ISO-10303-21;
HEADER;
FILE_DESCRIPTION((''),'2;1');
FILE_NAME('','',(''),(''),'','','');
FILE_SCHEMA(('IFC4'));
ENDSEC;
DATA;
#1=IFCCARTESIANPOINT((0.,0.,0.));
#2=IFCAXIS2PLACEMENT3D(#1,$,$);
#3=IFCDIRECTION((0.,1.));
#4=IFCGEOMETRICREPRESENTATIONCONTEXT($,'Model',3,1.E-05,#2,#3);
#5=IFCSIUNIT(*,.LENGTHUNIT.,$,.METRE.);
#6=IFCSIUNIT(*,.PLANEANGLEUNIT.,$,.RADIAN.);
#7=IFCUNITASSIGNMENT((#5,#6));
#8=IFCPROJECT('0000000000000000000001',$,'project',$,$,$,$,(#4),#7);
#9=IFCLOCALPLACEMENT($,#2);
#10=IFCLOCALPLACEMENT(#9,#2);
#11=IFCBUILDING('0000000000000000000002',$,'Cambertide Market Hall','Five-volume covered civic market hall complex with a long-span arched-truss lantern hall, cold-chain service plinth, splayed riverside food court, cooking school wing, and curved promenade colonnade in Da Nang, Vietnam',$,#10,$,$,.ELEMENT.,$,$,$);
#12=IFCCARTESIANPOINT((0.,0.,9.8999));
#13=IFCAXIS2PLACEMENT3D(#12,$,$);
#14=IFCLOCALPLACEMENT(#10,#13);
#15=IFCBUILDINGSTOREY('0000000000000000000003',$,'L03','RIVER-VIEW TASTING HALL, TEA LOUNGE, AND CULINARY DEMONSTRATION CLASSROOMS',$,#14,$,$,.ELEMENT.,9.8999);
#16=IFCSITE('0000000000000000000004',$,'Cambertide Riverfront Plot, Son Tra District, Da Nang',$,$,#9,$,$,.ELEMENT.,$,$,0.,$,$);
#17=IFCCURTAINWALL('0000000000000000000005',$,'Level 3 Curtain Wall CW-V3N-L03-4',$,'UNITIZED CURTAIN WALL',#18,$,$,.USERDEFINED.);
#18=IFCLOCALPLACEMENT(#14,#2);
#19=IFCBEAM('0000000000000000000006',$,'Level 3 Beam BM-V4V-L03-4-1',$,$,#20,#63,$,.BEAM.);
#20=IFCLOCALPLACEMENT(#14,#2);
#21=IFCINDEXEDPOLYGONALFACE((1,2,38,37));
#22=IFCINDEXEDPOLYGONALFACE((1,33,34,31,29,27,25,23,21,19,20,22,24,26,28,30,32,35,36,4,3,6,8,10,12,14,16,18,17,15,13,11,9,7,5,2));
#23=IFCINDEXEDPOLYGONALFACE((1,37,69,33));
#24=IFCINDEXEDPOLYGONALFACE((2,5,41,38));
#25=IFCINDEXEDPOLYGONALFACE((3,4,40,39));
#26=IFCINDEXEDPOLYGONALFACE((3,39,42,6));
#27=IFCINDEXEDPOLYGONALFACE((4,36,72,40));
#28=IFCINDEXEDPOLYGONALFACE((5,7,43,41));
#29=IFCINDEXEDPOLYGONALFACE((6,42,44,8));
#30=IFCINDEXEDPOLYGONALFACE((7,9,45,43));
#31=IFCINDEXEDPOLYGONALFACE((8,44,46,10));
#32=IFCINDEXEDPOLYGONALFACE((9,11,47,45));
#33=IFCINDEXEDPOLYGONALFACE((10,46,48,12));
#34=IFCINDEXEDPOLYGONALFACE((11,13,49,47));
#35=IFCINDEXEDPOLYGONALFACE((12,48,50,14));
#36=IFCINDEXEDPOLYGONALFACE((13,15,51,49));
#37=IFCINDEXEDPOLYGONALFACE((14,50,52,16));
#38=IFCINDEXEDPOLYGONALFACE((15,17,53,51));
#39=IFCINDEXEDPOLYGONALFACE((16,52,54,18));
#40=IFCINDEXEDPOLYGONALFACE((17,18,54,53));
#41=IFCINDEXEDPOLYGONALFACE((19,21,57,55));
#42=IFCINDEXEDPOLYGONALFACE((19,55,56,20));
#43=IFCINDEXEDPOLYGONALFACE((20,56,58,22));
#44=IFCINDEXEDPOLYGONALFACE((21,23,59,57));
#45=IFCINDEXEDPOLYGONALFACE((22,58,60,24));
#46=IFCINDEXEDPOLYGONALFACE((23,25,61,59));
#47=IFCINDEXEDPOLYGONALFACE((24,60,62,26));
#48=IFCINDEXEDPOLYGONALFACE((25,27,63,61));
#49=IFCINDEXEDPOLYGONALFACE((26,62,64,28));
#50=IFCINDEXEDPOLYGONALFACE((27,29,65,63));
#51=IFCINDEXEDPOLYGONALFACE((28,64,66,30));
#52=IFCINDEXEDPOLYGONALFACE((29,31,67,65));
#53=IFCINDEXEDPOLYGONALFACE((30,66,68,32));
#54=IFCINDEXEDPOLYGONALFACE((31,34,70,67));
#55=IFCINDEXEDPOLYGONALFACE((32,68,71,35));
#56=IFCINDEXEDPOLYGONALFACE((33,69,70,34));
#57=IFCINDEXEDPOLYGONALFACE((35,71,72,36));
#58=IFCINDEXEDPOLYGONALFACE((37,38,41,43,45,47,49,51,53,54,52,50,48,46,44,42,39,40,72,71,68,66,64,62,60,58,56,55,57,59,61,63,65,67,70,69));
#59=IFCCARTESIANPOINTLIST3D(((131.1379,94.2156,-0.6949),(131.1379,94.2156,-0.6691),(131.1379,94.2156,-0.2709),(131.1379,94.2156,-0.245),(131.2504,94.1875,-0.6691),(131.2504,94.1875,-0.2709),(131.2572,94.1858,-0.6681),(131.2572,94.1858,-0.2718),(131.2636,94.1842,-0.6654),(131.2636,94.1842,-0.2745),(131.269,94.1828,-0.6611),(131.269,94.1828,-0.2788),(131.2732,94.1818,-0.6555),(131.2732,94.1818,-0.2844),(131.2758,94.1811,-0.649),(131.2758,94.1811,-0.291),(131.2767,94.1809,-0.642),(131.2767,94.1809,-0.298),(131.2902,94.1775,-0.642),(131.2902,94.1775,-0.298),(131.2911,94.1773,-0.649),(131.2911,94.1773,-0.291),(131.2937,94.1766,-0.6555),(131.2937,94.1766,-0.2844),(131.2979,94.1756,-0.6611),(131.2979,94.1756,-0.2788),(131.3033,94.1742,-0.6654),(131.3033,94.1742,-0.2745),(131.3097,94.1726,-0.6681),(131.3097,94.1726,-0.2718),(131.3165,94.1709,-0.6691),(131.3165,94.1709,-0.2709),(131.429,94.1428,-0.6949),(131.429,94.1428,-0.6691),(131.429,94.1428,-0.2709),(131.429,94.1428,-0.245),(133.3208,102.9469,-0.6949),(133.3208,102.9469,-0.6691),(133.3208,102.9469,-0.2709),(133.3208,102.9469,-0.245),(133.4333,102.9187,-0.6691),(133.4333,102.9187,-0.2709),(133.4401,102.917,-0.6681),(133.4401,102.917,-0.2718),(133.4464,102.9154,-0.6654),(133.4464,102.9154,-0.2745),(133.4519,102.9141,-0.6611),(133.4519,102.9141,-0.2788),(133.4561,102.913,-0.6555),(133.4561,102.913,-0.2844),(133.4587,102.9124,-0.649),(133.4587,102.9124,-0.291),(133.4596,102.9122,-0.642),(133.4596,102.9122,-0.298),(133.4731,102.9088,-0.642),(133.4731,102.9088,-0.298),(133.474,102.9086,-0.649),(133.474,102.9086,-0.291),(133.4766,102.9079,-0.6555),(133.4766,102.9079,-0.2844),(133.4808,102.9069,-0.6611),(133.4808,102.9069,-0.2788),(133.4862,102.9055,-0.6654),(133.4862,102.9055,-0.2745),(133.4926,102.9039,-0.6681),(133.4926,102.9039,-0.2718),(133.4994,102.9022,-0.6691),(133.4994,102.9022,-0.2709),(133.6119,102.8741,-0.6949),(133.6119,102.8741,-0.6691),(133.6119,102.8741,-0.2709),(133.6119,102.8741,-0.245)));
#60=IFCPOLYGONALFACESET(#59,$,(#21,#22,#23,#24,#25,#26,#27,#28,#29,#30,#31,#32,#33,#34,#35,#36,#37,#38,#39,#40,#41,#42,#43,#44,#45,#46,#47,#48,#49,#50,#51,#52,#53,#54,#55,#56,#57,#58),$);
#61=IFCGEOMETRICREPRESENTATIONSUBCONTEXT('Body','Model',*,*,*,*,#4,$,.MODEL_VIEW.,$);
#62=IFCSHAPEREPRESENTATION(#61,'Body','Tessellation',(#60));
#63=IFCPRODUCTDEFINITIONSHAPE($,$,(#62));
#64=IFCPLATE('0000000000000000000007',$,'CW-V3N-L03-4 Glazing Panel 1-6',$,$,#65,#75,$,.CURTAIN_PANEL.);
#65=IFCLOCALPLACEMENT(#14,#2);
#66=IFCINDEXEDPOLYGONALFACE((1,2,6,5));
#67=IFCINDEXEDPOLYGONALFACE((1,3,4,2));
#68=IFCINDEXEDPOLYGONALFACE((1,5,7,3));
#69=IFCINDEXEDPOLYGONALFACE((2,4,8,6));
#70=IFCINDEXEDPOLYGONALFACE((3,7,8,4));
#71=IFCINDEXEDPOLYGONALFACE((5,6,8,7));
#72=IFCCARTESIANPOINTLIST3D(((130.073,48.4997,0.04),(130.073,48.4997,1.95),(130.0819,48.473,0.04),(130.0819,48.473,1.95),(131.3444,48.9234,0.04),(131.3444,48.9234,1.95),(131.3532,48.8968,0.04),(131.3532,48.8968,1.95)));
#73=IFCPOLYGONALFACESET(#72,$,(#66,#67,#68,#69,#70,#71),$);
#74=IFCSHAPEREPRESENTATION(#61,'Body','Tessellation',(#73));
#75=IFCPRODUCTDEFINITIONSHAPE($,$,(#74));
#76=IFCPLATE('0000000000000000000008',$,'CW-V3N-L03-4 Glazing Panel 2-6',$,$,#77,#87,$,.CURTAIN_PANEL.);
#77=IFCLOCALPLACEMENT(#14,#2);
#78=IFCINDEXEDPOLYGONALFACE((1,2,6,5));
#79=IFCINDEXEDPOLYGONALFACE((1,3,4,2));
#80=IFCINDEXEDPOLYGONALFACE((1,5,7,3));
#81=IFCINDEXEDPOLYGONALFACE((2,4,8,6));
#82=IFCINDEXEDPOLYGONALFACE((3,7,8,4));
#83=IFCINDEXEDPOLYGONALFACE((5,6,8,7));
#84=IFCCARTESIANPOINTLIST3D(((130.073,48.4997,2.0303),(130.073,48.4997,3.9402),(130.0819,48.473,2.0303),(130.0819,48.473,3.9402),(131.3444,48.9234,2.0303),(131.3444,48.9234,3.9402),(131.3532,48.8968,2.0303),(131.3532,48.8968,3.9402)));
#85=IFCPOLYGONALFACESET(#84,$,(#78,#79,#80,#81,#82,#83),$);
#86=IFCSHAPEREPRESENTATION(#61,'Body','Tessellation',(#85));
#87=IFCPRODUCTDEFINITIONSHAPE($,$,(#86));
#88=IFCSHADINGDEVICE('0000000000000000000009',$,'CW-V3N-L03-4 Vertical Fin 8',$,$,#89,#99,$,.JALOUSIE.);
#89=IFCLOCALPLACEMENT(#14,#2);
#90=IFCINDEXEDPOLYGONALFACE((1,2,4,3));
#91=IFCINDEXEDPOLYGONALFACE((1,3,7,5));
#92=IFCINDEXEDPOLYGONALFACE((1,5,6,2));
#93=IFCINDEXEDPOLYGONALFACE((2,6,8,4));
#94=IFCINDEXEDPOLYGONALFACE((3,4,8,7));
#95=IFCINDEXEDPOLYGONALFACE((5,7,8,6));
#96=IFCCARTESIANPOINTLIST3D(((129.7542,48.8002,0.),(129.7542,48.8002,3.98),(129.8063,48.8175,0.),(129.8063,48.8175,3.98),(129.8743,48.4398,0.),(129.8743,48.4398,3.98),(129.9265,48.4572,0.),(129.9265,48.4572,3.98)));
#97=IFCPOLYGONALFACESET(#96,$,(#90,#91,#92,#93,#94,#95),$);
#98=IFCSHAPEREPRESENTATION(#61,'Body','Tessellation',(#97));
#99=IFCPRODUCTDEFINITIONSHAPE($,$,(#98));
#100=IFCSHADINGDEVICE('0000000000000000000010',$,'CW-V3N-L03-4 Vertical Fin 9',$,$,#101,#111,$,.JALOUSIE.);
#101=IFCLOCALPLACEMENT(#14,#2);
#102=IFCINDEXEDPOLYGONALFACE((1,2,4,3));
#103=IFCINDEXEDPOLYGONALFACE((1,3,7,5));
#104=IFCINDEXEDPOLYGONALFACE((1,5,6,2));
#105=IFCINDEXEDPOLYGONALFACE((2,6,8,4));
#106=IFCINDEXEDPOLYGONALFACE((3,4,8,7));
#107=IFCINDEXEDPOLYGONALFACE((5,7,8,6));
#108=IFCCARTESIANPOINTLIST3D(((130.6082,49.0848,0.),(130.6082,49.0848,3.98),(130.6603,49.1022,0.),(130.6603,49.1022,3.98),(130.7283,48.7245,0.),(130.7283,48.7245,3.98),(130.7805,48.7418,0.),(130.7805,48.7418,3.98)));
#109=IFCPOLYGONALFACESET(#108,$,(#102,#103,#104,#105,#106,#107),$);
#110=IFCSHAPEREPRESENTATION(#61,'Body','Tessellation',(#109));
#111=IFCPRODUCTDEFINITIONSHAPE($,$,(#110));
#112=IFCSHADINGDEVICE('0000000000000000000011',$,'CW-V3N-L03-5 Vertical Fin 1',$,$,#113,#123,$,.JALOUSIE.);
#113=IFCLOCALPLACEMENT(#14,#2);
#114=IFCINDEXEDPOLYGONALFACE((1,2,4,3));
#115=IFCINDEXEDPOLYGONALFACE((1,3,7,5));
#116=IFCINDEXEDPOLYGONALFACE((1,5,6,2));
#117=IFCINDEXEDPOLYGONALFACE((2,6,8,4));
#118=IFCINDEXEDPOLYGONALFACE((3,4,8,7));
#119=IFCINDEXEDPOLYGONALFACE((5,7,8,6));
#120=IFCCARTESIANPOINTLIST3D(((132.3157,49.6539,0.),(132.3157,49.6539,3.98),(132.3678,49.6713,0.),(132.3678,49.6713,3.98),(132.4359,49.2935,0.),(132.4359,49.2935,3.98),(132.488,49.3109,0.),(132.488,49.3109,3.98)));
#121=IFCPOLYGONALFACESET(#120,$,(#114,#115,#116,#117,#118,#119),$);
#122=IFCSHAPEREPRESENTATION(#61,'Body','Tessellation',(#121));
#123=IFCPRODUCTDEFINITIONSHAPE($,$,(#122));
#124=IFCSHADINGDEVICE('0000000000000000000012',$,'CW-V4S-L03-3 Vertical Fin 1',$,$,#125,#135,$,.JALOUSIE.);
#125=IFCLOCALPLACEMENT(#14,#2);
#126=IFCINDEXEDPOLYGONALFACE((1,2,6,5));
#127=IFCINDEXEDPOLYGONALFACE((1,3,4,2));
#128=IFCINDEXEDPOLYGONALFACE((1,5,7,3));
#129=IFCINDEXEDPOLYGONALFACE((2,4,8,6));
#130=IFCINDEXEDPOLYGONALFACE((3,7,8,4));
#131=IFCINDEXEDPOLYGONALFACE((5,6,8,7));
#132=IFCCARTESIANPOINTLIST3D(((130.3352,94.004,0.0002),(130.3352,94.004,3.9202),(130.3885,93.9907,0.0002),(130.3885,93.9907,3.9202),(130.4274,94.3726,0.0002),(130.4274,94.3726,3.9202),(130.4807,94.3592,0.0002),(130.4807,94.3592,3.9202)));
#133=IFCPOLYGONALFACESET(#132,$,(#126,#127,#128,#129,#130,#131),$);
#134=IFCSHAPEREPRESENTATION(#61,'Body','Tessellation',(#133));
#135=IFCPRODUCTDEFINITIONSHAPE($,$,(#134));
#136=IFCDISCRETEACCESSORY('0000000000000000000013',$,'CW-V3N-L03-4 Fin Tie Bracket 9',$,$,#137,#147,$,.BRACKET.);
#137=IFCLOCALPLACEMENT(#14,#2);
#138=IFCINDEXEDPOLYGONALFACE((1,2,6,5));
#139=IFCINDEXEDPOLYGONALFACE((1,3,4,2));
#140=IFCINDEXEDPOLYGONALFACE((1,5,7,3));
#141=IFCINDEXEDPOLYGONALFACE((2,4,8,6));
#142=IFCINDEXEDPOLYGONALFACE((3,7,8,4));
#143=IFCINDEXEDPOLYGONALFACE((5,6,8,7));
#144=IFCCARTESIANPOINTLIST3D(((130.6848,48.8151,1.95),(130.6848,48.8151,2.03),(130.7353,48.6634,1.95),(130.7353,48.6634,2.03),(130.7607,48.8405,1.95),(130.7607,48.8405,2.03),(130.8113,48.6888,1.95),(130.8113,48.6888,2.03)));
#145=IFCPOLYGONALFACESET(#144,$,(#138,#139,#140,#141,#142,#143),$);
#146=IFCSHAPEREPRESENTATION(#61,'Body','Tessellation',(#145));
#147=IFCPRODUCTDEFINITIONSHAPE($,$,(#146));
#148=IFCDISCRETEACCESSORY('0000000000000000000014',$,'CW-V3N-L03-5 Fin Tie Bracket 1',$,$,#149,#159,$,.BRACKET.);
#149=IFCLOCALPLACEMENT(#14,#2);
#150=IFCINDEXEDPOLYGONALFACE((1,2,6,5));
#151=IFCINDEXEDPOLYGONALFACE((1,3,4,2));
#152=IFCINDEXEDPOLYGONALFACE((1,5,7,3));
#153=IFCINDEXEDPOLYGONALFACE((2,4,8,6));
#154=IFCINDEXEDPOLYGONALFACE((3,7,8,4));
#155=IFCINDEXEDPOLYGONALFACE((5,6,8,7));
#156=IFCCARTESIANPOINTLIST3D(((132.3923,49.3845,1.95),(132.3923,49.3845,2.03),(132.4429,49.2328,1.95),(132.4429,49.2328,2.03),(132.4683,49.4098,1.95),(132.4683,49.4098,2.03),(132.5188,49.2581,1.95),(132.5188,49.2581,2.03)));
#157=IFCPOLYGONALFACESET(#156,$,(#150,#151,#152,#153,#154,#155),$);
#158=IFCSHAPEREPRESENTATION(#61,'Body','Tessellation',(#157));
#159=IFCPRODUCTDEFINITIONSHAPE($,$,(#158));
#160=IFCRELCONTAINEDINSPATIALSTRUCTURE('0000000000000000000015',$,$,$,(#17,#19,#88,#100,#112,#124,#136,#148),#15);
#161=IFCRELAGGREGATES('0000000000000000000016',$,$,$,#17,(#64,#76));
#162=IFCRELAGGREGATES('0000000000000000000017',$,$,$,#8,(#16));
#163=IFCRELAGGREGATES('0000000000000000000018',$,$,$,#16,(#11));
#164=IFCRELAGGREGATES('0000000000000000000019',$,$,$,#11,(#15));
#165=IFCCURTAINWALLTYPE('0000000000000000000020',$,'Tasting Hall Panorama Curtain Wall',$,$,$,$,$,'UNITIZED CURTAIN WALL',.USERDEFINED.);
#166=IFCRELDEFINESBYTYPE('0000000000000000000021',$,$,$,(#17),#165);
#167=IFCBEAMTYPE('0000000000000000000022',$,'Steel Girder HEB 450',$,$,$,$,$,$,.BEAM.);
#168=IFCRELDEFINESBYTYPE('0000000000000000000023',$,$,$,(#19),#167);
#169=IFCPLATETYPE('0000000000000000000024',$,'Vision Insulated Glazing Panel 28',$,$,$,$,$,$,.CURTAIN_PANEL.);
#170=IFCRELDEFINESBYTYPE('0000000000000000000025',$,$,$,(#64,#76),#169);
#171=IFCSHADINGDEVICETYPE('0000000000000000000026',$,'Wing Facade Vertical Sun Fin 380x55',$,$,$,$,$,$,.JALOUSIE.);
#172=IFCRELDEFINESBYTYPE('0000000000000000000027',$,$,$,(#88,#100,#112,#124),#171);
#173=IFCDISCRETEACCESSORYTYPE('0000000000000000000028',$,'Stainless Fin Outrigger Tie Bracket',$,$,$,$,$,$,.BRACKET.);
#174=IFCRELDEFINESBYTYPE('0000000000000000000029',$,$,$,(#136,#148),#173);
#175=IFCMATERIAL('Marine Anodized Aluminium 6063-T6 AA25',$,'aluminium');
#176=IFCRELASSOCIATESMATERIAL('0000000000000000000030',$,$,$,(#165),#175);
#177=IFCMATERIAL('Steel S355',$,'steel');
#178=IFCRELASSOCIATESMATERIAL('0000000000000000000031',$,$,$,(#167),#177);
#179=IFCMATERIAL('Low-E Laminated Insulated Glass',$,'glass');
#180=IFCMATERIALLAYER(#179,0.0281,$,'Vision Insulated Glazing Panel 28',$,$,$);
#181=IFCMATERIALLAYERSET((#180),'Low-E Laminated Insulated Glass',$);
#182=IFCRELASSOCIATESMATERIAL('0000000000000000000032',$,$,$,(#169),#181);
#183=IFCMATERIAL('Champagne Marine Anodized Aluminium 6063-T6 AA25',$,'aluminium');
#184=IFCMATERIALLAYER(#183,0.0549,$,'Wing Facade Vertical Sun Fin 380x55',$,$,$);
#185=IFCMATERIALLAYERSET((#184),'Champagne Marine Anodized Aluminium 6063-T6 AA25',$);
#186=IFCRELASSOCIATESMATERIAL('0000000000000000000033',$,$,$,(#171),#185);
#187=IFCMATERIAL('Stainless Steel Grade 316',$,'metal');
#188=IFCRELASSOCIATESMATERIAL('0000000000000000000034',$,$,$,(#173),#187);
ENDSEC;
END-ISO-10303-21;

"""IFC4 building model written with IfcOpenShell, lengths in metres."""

from ifc_helpers import new_model, si_unit, direction, frame, origin, origin_2d, place, context, subcontext, project, spatial, rectangle, i_section, extrude, material, layer, layer_set, material_profile, profile_set, type_object, element, aggregate, save


model = new_model("IFC4")

# Units and contexts
model_context = context("Model", 3, precision=1e-05, world=origin(), true_north=direction((0.0, 1.0)))
body_context = subcontext(model_context, "Body", "Model", "MODEL_VIEW")
ifc_project = project(units=[si_unit("LENGTHUNIT", "METRE"), si_unit("PLANEANGLEUNIT", "RADIAN")], contexts=[model_context])

# Site, building, storey
site_placement = place(None, origin())
site = spatial("IfcSite", under=ifc_project, at=site_placement, Name="Cambertide Riverfront Plot, Son Tra District, Da Nang", CompositionType="ELEMENT", RefElevation=0.0)
building_placement = place(site_placement, origin())
building = spatial("IfcBuilding", under=site, at=building_placement, Name="Cambertide Market Hall", Description="Five-volume covered civic market hall complex with a long-span arched-truss lantern hall, cold-chain service plinth, splayed riverside food court, cooking school wing, and curved promenade colonnade in Da Nang, Vietnam", CompositionType="ELEMENT")
storey_placement = place(building_placement, frame((0.0, 0.0, 9.8999)))
storey = spatial("IfcBuildingStorey", under=building, at=storey_placement, Name="L03", Description="RIVER-VIEW TASTING HALL, TEA LOUNGE, AND CULINARY DEMONSTRATION CLASSROOMS", CompositionType="ELEMENT", Elevation=9.8999)

# Curtain wall
ifc_material_1 = material(Name="Marine Anodized Aluminium 6063-T6 AA25", Category="aluminium")
curtain_wall_type_1 = type_object("IfcCurtainWallType", Name="Tasting Hall Panorama Curtain Wall", ElementType="UNITIZED CURTAIN WALL", PredefinedType="USERDEFINED", material=ifc_material_1)
curtain_wall_1_placement = place(storey_placement, origin())
curtain_wall_1 = element("IfcCurtainWall", 1, at=curtain_wall_1_placement, inside=storey, type_object=curtain_wall_type_1, Name="Level 3 Curtain Wall CW-V3N-L03-4", ObjectType="UNITIZED CURTAIN WALL", PredefinedType="USERDEFINED")

# Beam
ifc_material_2 = material(Name="Steel S355", Category="steel")
ifc_material_profile_1 = material_profile(ifc_material_2, i_section(OverallWidth=0.3, OverallDepth=0.45, WebThickness=0.0139, FlangeThickness=0.0259, FilletRadius=0.0271, at=origin_2d()), Name="HEB 450")
ifc_profile_set_1 = profile_set([ifc_material_profile_1], Name="Steel S355")
beam_type_1 = type_object("IfcBeamType", Name="Steel Girder HEB 450", PredefinedType="BEAM", material=ifc_profile_set_1)
beam_1_placement = place(storey_placement, frame((131.2834, 94.1792, -0.47), z_axis=(0.242542, 0.970141, 0.0), x_axis=(-0.970141, 0.242542, 0.0)))
element("IfcBeam", 2, at=beam_1_placement, inside=storey, type_object=beam_type_1, Name="Level 3 Beam BM-V4V-L03-4-1", PredefinedType="BEAM", context=body_context, shape_type="SweptSolid", body=[
    extrude(i_section(OverallWidth=0.3, OverallDepth=0.45, WebThickness=0.0139, FlangeThickness=0.0259, FilletRadius=0.0271, at=origin_2d()), origin(), (0.0, 0.0, 1.0), 9.0),
])

# Plates
ifc_material_3 = material(Name="Low-E Laminated Insulated Glass", Category="glass")
ifc_layer_1 = layer(ifc_material_3, 0.0281, Name="Vision Insulated Glazing Panel 28")
ifc_layer_set_1 = layer_set([ifc_layer_1], Name="Low-E Laminated Insulated Glass")
plate_type = type_object("IfcPlateType", Name="Vision Insulated Glazing Panel 28", PredefinedType="CURTAIN_PANEL", material=ifc_layer_set_1)
plate_1_placement = place(storey_placement, frame((130.7131, 48.6982, 0.04), z_axis=(0.0, 0.0, 1.0), x_axis=(0.948683, 0.316228, 0.0)))
plate_1 = element("IfcPlate", 3, at=plate_1_placement, type_object=plate_type, Name="CW-V3N-L03-4 Glazing Panel 1-6", PredefinedType="CURTAIN_PANEL", context=body_context, shape_type="SweptSolid", body=[
    extrude(rectangle(XDim=1.3401, YDim=0.0281, at=origin_2d()), origin(), (0.0, 0.0, 1.0), 1.9099),
])
plate_2_placement = place(storey_placement, frame((130.7131, 48.6982, 2.0303), z_axis=(0.0, 0.0, 1.0), x_axis=(0.948683, 0.316228, 0.0)))
plate_2 = element("IfcPlate", 4, at=plate_2_placement, type_object=plate_type, Name="CW-V3N-L03-4 Glazing Panel 2-6", PredefinedType="CURTAIN_PANEL", context=body_context, shape_type="SweptSolid", body=[
    extrude(rectangle(XDim=1.3401, YDim=0.0281, at=origin_2d()), origin(), (0.0, 0.0, 1.0), 1.9099),
])
aggregate(curtain_wall_1, [plate_1, plate_2])

# Shading devices
ifc_material_4 = material(Name="Champagne Marine Anodized Aluminium 6063-T6 AA25", Category="aluminium")
ifc_layer_2 = layer(ifc_material_4, 0.0549, Name="Wing Facade Vertical Sun Fin 380x55")
ifc_layer_set_2 = layer_set([ifc_layer_2], Name="Champagne Marine Anodized Aluminium 6063-T6 AA25")
shading_device_type = type_object("IfcShadingDeviceType", Name="Wing Facade Vertical Sun Fin 380x55", PredefinedType="JALOUSIE", material=ifc_layer_set_2)
for number, where, z_axis, x_axis, name in (
    (5, (129.8403, 48.6287, 0.0), (0.0, 0.0, 1.0), (0.948683, 0.316228, 0.0), "CW-V3N-L03-4 Vertical Fin 8"),
    (6, (130.6943, 48.9133, 0.0), (0.0, 0.0, 1.0), (0.948683, 0.316228, 0.0), "CW-V3N-L03-4 Vertical Fin 9"),
    (7, (132.4019, 49.4824, 0.0), (0.0, 0.0, 1.0), (0.948683, 0.316228, 0.0), "CW-V3N-L03-5 Vertical Fin 1"),
):
    element("IfcShadingDevice", number, at=place(storey_placement, frame(where, z_axis=z_axis, x_axis=x_axis)), inside=storey, type_object=shading_device_type, Name=name, PredefinedType="JALOUSIE", context=body_context, shape_type="SweptSolid", body=[
        extrude(rectangle(XDim=0.0549, YDim=0.3799, at=origin_2d()), origin(), (0.0, 0.0, 1.0), 3.98),
    ])
shading_device_placement = place(storey_placement, frame((130.408, 94.1816, 0.0002), z_axis=(0.0, 0.0, 1.0), x_axis=(-0.970143, 0.242535, 0.0)))
element("IfcShadingDevice", 8, at=shading_device_placement, inside=storey, type_object=shading_device_type, Name="CW-V4S-L03-3 Vertical Fin 1", PredefinedType="JALOUSIE", context=body_context, shape_type="SweptSolid", body=[
    extrude(rectangle(XDim=0.0549, YDim=0.3799, at=origin_2d()), origin(), (0.0, 0.0, 1.0), 3.9199),
])

# Discrete accessories
ifc_material_5 = material(Name="Stainless Steel Grade 316", Category="metal")
discrete_accessory_type = type_object("IfcDiscreteAccessoryType", Name="Stainless Fin Outrigger Tie Bracket", PredefinedType="BRACKET", material=ifc_material_5)
for number, where, z_axis, x_axis, name in (
    (9, (130.748, 48.752, 1.95), (0.0, 0.0, 1.0), (0.948683, 0.316228, 0.0), "CW-V3N-L03-4 Fin Tie Bracket 9"),
    (10, (132.4556, 49.3213, 1.95), (0.0, 0.0, 1.0), (0.948683, 0.316228, 0.0), "CW-V3N-L03-5 Fin Tie Bracket 1"),
):
    element("IfcDiscreteAccessory", number, at=place(storey_placement, frame(where, z_axis=z_axis, x_axis=x_axis)), inside=storey, type_object=discrete_accessory_type, Name=name, PredefinedType="BRACKET", context=body_context, shape_type="SweptSolid", body=[
        extrude(rectangle(XDim=0.0801, YDim=0.1599, at=origin_2d()), origin(), (0.0, 0.0, 1.0), 0.0801),
    ])

save(model, "model.ifc")
